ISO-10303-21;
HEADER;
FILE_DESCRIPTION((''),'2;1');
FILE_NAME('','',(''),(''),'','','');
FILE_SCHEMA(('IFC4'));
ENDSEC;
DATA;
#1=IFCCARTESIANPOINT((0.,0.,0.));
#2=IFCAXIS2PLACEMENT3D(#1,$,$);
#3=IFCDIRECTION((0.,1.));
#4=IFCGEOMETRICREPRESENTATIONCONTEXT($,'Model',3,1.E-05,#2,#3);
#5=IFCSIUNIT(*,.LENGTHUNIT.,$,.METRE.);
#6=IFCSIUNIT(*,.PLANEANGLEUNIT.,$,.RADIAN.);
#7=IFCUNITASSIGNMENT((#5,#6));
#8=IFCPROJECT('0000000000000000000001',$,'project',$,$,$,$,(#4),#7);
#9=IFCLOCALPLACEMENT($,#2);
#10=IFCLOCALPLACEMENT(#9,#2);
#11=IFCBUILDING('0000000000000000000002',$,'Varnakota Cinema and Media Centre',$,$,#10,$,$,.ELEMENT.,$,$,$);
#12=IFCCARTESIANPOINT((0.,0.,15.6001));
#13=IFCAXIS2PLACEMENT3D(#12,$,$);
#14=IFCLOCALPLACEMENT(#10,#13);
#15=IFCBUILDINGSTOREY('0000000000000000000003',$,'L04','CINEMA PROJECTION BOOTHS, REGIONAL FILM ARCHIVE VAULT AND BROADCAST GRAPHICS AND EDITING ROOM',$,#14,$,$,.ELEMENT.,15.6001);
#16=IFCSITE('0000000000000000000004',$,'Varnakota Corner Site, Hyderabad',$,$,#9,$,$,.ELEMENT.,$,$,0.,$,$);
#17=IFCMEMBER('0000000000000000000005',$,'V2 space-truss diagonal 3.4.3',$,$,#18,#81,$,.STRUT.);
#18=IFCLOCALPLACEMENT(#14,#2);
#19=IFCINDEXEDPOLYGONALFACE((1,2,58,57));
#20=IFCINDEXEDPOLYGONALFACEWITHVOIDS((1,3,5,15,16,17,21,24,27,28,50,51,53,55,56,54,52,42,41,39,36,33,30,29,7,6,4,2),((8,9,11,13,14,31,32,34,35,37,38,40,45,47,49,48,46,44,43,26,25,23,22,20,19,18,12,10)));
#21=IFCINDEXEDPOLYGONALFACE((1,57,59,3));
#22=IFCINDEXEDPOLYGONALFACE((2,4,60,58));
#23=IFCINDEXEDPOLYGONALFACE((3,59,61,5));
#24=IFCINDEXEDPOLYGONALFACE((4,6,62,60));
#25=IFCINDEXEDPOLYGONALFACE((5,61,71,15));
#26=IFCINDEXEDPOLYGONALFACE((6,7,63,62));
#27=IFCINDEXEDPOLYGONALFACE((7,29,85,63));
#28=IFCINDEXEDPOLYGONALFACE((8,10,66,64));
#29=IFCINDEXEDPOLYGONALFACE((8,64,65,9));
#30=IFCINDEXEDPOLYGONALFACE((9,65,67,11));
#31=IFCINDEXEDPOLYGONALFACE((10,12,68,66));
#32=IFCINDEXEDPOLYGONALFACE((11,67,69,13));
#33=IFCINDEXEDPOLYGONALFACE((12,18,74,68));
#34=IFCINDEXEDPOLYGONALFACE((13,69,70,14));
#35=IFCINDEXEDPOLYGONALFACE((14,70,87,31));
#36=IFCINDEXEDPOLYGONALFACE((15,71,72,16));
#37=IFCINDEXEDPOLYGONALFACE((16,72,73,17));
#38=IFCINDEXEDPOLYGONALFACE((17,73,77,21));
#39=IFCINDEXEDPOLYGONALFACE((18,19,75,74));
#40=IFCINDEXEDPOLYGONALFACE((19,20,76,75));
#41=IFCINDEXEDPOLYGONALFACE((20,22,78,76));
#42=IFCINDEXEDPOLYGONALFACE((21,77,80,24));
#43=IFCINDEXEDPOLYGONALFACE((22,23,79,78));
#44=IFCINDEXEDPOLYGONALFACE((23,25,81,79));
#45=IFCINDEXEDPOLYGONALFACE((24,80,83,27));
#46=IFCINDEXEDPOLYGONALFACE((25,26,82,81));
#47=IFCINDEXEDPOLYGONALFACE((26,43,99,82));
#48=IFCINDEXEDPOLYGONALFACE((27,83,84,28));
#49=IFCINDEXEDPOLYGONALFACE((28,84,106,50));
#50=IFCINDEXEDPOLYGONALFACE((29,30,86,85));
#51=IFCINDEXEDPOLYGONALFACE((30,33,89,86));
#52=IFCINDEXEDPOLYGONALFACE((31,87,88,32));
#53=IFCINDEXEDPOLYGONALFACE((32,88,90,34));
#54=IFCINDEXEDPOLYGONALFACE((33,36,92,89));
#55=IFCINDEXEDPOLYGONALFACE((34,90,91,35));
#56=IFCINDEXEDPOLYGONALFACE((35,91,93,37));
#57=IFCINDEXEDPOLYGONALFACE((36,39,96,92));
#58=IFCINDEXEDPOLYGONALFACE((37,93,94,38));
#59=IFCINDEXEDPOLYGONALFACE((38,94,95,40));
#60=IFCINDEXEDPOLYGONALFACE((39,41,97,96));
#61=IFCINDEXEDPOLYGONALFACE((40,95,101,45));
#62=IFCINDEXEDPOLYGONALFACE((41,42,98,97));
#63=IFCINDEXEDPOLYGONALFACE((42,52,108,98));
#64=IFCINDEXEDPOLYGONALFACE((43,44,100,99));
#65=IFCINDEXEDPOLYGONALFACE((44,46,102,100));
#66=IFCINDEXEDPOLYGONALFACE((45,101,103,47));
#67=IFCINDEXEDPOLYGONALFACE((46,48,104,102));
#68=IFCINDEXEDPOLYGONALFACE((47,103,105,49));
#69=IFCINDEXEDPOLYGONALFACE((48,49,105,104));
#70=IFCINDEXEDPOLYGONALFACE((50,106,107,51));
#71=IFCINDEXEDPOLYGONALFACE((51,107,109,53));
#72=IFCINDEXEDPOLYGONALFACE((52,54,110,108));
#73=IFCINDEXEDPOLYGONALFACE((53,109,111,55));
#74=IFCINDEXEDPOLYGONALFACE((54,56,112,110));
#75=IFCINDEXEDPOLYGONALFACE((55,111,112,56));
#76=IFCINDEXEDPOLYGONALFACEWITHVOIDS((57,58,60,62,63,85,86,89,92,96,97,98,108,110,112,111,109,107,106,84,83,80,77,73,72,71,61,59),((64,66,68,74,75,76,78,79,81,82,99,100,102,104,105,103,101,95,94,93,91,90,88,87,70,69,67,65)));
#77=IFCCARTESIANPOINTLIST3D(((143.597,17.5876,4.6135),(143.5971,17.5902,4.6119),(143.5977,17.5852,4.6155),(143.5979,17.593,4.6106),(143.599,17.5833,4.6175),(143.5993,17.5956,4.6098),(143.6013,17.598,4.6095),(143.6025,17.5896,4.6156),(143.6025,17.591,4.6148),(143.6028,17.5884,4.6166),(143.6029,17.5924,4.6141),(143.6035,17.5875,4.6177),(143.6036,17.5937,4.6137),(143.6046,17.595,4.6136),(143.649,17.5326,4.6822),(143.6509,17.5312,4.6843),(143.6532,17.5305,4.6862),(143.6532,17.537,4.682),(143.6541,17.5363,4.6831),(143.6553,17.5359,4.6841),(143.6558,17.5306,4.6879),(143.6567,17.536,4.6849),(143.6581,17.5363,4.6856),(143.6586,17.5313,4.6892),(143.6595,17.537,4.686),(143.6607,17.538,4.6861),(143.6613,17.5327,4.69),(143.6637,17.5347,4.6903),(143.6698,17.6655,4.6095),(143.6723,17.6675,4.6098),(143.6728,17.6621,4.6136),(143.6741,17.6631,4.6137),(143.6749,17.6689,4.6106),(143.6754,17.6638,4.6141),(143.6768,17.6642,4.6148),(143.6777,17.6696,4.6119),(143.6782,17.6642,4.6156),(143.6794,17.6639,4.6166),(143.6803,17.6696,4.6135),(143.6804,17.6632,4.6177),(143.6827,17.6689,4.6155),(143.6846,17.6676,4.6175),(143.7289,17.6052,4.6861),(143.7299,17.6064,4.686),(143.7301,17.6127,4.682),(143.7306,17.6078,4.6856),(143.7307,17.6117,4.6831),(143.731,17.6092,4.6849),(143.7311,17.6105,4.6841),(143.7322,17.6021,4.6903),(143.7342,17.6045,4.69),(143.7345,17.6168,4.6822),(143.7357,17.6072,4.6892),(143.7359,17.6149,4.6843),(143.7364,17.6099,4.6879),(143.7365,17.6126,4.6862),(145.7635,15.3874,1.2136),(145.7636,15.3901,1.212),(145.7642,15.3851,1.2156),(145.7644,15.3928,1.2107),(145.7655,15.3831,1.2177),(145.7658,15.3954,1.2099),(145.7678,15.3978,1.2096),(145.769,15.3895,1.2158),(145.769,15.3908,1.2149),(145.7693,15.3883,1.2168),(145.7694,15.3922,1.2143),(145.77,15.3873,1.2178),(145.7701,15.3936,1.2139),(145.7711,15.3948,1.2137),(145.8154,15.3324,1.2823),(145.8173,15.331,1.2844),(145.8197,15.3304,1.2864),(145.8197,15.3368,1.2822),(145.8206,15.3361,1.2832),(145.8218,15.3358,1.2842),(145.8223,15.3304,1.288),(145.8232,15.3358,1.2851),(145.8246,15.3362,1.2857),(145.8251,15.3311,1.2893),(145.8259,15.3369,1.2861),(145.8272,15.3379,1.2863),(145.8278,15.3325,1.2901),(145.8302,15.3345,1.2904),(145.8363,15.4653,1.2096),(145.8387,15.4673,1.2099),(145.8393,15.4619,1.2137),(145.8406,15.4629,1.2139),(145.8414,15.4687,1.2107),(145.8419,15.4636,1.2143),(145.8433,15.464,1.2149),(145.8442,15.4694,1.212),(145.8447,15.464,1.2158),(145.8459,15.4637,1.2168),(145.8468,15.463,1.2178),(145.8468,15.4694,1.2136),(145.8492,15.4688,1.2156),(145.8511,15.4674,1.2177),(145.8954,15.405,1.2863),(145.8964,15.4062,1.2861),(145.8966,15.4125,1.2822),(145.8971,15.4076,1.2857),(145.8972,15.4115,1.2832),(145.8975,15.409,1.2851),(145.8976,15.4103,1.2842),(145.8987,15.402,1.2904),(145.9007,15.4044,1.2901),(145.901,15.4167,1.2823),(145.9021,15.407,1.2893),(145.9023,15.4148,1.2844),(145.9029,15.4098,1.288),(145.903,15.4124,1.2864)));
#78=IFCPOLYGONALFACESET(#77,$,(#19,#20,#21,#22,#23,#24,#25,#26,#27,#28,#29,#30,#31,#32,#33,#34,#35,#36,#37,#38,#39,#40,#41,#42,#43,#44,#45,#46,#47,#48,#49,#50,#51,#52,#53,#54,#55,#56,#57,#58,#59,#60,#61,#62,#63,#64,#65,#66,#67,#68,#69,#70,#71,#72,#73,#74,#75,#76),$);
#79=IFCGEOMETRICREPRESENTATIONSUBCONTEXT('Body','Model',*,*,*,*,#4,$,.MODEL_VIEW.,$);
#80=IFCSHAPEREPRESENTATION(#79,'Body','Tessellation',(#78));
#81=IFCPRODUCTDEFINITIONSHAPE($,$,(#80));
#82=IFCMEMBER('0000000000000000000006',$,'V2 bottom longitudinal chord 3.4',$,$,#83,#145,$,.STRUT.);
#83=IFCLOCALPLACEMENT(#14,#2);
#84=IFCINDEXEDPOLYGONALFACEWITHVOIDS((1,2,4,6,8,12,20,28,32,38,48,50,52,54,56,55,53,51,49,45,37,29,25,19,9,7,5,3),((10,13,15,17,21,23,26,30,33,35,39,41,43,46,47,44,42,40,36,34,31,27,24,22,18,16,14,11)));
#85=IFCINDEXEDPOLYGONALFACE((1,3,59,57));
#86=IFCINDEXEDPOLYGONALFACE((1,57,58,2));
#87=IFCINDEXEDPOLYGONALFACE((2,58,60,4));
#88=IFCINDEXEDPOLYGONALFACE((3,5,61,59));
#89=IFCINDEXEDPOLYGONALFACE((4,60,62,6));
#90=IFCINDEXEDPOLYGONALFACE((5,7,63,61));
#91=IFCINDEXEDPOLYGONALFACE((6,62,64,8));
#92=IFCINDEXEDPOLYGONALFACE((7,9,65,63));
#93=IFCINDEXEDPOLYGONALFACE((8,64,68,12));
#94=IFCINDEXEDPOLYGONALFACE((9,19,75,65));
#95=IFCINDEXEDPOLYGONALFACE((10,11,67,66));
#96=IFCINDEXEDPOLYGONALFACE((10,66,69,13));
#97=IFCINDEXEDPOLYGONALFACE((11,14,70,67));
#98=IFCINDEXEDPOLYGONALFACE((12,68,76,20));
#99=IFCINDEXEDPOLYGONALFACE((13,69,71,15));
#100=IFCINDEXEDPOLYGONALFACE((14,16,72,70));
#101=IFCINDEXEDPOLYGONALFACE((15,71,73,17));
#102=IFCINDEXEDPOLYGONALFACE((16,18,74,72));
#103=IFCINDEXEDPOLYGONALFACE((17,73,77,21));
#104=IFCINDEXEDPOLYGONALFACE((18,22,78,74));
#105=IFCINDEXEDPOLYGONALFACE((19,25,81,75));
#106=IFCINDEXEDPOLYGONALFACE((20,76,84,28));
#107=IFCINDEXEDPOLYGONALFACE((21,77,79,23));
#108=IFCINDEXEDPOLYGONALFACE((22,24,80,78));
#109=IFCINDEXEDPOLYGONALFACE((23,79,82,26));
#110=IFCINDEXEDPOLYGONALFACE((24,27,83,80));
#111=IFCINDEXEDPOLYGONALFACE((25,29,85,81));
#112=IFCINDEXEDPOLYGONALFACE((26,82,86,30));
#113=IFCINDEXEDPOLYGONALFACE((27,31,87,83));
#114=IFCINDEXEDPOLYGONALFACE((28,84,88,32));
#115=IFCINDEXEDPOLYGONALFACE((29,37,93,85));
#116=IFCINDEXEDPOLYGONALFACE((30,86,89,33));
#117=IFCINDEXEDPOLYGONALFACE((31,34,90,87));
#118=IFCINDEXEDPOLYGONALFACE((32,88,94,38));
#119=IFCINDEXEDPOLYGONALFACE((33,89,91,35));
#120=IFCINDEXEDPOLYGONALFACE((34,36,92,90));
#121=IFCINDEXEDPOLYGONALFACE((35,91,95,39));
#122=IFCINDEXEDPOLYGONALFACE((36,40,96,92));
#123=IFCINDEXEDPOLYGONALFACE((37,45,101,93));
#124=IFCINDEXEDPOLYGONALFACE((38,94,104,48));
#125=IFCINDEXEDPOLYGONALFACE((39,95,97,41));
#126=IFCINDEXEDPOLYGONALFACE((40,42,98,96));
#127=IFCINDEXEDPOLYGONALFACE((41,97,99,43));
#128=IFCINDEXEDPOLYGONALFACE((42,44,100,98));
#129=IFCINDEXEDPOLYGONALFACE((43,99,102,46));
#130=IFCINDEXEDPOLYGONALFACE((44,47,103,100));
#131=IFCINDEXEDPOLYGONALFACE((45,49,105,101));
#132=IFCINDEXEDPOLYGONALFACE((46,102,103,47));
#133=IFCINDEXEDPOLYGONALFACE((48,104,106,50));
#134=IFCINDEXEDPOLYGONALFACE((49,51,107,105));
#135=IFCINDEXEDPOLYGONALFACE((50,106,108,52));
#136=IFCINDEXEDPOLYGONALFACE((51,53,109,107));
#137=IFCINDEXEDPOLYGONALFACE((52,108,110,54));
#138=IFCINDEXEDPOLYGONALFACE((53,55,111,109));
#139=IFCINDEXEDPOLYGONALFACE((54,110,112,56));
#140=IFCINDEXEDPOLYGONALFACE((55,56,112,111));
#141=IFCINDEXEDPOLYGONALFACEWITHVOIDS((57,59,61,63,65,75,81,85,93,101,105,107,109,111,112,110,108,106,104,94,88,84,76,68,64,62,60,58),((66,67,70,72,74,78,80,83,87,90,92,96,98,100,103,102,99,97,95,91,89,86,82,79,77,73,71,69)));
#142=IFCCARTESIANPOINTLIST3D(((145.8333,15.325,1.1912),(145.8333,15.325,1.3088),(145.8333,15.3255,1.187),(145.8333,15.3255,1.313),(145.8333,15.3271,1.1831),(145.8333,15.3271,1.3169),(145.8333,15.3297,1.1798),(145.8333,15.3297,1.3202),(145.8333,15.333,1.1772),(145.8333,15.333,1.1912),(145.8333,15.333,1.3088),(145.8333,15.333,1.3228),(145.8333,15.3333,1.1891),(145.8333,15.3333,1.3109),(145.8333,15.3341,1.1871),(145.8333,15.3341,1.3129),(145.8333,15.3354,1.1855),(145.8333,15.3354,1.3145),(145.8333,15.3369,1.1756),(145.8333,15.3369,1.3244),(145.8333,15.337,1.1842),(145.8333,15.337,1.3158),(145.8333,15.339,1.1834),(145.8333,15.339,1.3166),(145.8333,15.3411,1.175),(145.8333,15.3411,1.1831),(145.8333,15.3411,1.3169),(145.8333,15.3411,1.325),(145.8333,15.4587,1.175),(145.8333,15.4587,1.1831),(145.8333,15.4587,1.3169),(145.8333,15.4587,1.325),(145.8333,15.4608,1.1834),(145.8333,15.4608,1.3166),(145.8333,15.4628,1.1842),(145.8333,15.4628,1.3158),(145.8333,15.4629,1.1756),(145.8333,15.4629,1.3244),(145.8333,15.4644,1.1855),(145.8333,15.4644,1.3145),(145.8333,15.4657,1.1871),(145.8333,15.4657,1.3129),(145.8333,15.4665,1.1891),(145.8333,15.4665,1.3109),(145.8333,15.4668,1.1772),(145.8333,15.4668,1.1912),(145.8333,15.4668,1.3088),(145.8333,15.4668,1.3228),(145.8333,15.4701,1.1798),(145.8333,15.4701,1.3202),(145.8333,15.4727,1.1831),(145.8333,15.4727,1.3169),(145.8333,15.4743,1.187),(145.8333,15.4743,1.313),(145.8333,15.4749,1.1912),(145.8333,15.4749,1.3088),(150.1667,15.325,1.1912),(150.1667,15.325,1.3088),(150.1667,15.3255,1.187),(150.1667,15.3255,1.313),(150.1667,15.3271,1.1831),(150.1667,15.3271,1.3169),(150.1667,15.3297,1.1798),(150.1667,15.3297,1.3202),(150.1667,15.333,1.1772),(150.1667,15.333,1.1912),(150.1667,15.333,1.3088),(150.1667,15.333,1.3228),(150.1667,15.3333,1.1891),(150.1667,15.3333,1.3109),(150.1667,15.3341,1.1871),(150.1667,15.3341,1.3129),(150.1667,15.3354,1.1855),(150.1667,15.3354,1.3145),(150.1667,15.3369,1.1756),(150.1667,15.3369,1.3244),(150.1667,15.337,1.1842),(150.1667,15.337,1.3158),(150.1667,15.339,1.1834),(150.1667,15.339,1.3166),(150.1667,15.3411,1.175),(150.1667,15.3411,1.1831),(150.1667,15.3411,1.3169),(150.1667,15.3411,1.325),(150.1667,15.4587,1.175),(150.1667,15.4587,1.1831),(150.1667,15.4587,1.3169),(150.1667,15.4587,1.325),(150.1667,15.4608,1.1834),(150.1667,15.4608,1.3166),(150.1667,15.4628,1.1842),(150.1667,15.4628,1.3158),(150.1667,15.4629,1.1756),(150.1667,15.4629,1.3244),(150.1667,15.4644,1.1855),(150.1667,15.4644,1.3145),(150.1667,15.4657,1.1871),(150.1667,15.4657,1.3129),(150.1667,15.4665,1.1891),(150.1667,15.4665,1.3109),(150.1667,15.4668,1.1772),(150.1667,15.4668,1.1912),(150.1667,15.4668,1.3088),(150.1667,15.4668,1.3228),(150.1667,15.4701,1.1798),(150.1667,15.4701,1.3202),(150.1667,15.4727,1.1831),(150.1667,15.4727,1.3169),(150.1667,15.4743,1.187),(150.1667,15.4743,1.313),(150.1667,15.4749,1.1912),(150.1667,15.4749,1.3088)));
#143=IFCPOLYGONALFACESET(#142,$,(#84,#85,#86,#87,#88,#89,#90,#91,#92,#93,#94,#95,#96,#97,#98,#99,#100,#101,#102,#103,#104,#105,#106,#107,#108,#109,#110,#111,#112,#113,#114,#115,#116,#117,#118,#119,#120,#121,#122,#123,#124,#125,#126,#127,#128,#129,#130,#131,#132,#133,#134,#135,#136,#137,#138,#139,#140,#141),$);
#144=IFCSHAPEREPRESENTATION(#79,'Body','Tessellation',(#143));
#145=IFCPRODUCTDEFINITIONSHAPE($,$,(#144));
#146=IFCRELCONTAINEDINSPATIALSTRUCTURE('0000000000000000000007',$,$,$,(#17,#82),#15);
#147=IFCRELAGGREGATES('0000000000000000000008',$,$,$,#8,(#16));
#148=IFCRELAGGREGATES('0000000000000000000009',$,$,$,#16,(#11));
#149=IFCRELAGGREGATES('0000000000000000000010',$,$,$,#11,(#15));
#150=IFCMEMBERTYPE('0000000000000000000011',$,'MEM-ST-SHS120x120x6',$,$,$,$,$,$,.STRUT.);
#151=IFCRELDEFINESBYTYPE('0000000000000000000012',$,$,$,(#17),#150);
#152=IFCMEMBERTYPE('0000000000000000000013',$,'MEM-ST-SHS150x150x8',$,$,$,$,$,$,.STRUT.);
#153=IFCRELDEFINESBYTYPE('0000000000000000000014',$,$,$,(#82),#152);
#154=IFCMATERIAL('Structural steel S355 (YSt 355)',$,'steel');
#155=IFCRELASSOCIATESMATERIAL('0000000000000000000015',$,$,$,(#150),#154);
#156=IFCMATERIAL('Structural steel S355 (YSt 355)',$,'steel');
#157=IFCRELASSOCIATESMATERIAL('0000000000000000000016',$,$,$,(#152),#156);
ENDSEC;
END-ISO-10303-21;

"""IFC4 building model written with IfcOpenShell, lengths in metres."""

from ifc_helpers import new_model, si_unit, direction, frame, origin, origin_2d, place, context, subcontext, project, spatial, hollow_rectangle, extrude, material, material_profile, profile_set, type_object, element, save


model = new_model("IFC4")

# Units and contexts
model_context = context("Model", 3, precision=1e-05, world=origin(), true_north=direction((0.0, 1.0)))
body_context = subcontext(model_context, "Body", "Model", "MODEL_VIEW")
ifc_project = project(units=[si_unit("LENGTHUNIT", "METRE"), si_unit("PLANEANGLEUNIT", "RADIAN")], contexts=[model_context])

# Site, building, storey
site_placement = place(None, origin())
site = spatial("IfcSite", under=ifc_project, at=site_placement, Name="Varnakota Corner Site, Hyderabad", CompositionType="ELEMENT", RefElevation=0.0)
building_placement = place(site_placement, origin())
building = spatial("IfcBuilding", under=site, at=building_placement, Name="Varnakota Cinema and Media Centre", CompositionType="ELEMENT")
storey_placement = place(building_placement, frame((0.0, 0.0, 15.6001)))
storey = spatial("IfcBuildingStorey", under=building, at=storey_placement, Name="L04", Description="CINEMA PROJECTION BOOTHS, REGIONAL FILM ARCHIVE VAULT AND BROADCAST GRAPHICS AND EDITING ROOM", CompositionType="ELEMENT", Elevation=15.6001)

# Members
ifc_material_1 = material(Name="Structural steel S355 (YSt 355)", Category="steel")
ifc_material_profile_1 = material_profile(ifc_material_1, hollow_rectangle(XDim=0.1201, YDim=0.1201, WallThickness=0.0061, InnerFilletRadius=0.0061, OuterFilletRadius=0.012, at=origin_2d()), Name="SHS 120x120x6")
ifc_profile_set_1 = profile_set([ifc_material_profile_1], Name="Structural steel S355 (YSt 355)")
member_type_1 = type_object("IfcMemberType", Name="MEM-ST-SHS120x120x6", PredefinedType="STRUT", material=ifc_profile_set_1)
member_1_placement = place(storey_placement, frame((145.8333, 15.3999, 1.25), z_axis=(-0.471716, 0.479052, 0.740266), x_axis=(-0.712541, -0.70163, 0.0)))
element("IfcMember", 1, at=member_1_placement, inside=storey, type_object=member_type_1, Name="V2 space-truss diagonal 3.4.3", PredefinedType="STRUT", context=body_context, shape_type="SweptSolid", body=[
    extrude(hollow_rectangle(XDim=0.1201, YDim=0.1201, WallThickness=0.0061, InnerFilletRadius=0.0061, OuterFilletRadius=0.012, at=origin_2d()), origin(), (0.0, 0.0, 1.0), 4.5928),
])
ifc_material_2 = material(Name="Structural steel S355 (YSt 355)", Category="steel")
ifc_material_profile_2 = material_profile(ifc_material_2, hollow_rectangle(XDim=0.1499, YDim=0.1499, WallThickness=0.0081, InnerFilletRadius=0.0081, OuterFilletRadius=0.0161, at=origin_2d()), Name="SHS 150x150x8")
ifc_profile_set_2 = profile_set([ifc_material_profile_2], Name="Structural steel S355 (YSt 355)")
member_type_2 = type_object("IfcMemberType", Name="MEM-ST-SHS150x150x8", PredefinedType="STRUT", material=ifc_profile_set_2)
member_2_placement = place(storey_placement, frame((145.8333, 15.3999, 1.25), z_axis=(1.0, 0.0, 0.0), x_axis=(0.0, 1.0, 0.0)))
element("IfcMember", 2, at=member_2_placement, inside=storey, type_object=member_type_2, Name="V2 bottom longitudinal chord 3.4", PredefinedType="STRUT", context=body_context, shape_type="SweptSolid", body=[
    extrude(hollow_rectangle(XDim=0.1499, YDim=0.1499, WallThickness=0.0081, InnerFilletRadius=0.0081, OuterFilletRadius=0.0161, at=origin_2d()), origin(), (0.0, 0.0, 1.0), 4.3335),
])

save(model, "model.ifc")
